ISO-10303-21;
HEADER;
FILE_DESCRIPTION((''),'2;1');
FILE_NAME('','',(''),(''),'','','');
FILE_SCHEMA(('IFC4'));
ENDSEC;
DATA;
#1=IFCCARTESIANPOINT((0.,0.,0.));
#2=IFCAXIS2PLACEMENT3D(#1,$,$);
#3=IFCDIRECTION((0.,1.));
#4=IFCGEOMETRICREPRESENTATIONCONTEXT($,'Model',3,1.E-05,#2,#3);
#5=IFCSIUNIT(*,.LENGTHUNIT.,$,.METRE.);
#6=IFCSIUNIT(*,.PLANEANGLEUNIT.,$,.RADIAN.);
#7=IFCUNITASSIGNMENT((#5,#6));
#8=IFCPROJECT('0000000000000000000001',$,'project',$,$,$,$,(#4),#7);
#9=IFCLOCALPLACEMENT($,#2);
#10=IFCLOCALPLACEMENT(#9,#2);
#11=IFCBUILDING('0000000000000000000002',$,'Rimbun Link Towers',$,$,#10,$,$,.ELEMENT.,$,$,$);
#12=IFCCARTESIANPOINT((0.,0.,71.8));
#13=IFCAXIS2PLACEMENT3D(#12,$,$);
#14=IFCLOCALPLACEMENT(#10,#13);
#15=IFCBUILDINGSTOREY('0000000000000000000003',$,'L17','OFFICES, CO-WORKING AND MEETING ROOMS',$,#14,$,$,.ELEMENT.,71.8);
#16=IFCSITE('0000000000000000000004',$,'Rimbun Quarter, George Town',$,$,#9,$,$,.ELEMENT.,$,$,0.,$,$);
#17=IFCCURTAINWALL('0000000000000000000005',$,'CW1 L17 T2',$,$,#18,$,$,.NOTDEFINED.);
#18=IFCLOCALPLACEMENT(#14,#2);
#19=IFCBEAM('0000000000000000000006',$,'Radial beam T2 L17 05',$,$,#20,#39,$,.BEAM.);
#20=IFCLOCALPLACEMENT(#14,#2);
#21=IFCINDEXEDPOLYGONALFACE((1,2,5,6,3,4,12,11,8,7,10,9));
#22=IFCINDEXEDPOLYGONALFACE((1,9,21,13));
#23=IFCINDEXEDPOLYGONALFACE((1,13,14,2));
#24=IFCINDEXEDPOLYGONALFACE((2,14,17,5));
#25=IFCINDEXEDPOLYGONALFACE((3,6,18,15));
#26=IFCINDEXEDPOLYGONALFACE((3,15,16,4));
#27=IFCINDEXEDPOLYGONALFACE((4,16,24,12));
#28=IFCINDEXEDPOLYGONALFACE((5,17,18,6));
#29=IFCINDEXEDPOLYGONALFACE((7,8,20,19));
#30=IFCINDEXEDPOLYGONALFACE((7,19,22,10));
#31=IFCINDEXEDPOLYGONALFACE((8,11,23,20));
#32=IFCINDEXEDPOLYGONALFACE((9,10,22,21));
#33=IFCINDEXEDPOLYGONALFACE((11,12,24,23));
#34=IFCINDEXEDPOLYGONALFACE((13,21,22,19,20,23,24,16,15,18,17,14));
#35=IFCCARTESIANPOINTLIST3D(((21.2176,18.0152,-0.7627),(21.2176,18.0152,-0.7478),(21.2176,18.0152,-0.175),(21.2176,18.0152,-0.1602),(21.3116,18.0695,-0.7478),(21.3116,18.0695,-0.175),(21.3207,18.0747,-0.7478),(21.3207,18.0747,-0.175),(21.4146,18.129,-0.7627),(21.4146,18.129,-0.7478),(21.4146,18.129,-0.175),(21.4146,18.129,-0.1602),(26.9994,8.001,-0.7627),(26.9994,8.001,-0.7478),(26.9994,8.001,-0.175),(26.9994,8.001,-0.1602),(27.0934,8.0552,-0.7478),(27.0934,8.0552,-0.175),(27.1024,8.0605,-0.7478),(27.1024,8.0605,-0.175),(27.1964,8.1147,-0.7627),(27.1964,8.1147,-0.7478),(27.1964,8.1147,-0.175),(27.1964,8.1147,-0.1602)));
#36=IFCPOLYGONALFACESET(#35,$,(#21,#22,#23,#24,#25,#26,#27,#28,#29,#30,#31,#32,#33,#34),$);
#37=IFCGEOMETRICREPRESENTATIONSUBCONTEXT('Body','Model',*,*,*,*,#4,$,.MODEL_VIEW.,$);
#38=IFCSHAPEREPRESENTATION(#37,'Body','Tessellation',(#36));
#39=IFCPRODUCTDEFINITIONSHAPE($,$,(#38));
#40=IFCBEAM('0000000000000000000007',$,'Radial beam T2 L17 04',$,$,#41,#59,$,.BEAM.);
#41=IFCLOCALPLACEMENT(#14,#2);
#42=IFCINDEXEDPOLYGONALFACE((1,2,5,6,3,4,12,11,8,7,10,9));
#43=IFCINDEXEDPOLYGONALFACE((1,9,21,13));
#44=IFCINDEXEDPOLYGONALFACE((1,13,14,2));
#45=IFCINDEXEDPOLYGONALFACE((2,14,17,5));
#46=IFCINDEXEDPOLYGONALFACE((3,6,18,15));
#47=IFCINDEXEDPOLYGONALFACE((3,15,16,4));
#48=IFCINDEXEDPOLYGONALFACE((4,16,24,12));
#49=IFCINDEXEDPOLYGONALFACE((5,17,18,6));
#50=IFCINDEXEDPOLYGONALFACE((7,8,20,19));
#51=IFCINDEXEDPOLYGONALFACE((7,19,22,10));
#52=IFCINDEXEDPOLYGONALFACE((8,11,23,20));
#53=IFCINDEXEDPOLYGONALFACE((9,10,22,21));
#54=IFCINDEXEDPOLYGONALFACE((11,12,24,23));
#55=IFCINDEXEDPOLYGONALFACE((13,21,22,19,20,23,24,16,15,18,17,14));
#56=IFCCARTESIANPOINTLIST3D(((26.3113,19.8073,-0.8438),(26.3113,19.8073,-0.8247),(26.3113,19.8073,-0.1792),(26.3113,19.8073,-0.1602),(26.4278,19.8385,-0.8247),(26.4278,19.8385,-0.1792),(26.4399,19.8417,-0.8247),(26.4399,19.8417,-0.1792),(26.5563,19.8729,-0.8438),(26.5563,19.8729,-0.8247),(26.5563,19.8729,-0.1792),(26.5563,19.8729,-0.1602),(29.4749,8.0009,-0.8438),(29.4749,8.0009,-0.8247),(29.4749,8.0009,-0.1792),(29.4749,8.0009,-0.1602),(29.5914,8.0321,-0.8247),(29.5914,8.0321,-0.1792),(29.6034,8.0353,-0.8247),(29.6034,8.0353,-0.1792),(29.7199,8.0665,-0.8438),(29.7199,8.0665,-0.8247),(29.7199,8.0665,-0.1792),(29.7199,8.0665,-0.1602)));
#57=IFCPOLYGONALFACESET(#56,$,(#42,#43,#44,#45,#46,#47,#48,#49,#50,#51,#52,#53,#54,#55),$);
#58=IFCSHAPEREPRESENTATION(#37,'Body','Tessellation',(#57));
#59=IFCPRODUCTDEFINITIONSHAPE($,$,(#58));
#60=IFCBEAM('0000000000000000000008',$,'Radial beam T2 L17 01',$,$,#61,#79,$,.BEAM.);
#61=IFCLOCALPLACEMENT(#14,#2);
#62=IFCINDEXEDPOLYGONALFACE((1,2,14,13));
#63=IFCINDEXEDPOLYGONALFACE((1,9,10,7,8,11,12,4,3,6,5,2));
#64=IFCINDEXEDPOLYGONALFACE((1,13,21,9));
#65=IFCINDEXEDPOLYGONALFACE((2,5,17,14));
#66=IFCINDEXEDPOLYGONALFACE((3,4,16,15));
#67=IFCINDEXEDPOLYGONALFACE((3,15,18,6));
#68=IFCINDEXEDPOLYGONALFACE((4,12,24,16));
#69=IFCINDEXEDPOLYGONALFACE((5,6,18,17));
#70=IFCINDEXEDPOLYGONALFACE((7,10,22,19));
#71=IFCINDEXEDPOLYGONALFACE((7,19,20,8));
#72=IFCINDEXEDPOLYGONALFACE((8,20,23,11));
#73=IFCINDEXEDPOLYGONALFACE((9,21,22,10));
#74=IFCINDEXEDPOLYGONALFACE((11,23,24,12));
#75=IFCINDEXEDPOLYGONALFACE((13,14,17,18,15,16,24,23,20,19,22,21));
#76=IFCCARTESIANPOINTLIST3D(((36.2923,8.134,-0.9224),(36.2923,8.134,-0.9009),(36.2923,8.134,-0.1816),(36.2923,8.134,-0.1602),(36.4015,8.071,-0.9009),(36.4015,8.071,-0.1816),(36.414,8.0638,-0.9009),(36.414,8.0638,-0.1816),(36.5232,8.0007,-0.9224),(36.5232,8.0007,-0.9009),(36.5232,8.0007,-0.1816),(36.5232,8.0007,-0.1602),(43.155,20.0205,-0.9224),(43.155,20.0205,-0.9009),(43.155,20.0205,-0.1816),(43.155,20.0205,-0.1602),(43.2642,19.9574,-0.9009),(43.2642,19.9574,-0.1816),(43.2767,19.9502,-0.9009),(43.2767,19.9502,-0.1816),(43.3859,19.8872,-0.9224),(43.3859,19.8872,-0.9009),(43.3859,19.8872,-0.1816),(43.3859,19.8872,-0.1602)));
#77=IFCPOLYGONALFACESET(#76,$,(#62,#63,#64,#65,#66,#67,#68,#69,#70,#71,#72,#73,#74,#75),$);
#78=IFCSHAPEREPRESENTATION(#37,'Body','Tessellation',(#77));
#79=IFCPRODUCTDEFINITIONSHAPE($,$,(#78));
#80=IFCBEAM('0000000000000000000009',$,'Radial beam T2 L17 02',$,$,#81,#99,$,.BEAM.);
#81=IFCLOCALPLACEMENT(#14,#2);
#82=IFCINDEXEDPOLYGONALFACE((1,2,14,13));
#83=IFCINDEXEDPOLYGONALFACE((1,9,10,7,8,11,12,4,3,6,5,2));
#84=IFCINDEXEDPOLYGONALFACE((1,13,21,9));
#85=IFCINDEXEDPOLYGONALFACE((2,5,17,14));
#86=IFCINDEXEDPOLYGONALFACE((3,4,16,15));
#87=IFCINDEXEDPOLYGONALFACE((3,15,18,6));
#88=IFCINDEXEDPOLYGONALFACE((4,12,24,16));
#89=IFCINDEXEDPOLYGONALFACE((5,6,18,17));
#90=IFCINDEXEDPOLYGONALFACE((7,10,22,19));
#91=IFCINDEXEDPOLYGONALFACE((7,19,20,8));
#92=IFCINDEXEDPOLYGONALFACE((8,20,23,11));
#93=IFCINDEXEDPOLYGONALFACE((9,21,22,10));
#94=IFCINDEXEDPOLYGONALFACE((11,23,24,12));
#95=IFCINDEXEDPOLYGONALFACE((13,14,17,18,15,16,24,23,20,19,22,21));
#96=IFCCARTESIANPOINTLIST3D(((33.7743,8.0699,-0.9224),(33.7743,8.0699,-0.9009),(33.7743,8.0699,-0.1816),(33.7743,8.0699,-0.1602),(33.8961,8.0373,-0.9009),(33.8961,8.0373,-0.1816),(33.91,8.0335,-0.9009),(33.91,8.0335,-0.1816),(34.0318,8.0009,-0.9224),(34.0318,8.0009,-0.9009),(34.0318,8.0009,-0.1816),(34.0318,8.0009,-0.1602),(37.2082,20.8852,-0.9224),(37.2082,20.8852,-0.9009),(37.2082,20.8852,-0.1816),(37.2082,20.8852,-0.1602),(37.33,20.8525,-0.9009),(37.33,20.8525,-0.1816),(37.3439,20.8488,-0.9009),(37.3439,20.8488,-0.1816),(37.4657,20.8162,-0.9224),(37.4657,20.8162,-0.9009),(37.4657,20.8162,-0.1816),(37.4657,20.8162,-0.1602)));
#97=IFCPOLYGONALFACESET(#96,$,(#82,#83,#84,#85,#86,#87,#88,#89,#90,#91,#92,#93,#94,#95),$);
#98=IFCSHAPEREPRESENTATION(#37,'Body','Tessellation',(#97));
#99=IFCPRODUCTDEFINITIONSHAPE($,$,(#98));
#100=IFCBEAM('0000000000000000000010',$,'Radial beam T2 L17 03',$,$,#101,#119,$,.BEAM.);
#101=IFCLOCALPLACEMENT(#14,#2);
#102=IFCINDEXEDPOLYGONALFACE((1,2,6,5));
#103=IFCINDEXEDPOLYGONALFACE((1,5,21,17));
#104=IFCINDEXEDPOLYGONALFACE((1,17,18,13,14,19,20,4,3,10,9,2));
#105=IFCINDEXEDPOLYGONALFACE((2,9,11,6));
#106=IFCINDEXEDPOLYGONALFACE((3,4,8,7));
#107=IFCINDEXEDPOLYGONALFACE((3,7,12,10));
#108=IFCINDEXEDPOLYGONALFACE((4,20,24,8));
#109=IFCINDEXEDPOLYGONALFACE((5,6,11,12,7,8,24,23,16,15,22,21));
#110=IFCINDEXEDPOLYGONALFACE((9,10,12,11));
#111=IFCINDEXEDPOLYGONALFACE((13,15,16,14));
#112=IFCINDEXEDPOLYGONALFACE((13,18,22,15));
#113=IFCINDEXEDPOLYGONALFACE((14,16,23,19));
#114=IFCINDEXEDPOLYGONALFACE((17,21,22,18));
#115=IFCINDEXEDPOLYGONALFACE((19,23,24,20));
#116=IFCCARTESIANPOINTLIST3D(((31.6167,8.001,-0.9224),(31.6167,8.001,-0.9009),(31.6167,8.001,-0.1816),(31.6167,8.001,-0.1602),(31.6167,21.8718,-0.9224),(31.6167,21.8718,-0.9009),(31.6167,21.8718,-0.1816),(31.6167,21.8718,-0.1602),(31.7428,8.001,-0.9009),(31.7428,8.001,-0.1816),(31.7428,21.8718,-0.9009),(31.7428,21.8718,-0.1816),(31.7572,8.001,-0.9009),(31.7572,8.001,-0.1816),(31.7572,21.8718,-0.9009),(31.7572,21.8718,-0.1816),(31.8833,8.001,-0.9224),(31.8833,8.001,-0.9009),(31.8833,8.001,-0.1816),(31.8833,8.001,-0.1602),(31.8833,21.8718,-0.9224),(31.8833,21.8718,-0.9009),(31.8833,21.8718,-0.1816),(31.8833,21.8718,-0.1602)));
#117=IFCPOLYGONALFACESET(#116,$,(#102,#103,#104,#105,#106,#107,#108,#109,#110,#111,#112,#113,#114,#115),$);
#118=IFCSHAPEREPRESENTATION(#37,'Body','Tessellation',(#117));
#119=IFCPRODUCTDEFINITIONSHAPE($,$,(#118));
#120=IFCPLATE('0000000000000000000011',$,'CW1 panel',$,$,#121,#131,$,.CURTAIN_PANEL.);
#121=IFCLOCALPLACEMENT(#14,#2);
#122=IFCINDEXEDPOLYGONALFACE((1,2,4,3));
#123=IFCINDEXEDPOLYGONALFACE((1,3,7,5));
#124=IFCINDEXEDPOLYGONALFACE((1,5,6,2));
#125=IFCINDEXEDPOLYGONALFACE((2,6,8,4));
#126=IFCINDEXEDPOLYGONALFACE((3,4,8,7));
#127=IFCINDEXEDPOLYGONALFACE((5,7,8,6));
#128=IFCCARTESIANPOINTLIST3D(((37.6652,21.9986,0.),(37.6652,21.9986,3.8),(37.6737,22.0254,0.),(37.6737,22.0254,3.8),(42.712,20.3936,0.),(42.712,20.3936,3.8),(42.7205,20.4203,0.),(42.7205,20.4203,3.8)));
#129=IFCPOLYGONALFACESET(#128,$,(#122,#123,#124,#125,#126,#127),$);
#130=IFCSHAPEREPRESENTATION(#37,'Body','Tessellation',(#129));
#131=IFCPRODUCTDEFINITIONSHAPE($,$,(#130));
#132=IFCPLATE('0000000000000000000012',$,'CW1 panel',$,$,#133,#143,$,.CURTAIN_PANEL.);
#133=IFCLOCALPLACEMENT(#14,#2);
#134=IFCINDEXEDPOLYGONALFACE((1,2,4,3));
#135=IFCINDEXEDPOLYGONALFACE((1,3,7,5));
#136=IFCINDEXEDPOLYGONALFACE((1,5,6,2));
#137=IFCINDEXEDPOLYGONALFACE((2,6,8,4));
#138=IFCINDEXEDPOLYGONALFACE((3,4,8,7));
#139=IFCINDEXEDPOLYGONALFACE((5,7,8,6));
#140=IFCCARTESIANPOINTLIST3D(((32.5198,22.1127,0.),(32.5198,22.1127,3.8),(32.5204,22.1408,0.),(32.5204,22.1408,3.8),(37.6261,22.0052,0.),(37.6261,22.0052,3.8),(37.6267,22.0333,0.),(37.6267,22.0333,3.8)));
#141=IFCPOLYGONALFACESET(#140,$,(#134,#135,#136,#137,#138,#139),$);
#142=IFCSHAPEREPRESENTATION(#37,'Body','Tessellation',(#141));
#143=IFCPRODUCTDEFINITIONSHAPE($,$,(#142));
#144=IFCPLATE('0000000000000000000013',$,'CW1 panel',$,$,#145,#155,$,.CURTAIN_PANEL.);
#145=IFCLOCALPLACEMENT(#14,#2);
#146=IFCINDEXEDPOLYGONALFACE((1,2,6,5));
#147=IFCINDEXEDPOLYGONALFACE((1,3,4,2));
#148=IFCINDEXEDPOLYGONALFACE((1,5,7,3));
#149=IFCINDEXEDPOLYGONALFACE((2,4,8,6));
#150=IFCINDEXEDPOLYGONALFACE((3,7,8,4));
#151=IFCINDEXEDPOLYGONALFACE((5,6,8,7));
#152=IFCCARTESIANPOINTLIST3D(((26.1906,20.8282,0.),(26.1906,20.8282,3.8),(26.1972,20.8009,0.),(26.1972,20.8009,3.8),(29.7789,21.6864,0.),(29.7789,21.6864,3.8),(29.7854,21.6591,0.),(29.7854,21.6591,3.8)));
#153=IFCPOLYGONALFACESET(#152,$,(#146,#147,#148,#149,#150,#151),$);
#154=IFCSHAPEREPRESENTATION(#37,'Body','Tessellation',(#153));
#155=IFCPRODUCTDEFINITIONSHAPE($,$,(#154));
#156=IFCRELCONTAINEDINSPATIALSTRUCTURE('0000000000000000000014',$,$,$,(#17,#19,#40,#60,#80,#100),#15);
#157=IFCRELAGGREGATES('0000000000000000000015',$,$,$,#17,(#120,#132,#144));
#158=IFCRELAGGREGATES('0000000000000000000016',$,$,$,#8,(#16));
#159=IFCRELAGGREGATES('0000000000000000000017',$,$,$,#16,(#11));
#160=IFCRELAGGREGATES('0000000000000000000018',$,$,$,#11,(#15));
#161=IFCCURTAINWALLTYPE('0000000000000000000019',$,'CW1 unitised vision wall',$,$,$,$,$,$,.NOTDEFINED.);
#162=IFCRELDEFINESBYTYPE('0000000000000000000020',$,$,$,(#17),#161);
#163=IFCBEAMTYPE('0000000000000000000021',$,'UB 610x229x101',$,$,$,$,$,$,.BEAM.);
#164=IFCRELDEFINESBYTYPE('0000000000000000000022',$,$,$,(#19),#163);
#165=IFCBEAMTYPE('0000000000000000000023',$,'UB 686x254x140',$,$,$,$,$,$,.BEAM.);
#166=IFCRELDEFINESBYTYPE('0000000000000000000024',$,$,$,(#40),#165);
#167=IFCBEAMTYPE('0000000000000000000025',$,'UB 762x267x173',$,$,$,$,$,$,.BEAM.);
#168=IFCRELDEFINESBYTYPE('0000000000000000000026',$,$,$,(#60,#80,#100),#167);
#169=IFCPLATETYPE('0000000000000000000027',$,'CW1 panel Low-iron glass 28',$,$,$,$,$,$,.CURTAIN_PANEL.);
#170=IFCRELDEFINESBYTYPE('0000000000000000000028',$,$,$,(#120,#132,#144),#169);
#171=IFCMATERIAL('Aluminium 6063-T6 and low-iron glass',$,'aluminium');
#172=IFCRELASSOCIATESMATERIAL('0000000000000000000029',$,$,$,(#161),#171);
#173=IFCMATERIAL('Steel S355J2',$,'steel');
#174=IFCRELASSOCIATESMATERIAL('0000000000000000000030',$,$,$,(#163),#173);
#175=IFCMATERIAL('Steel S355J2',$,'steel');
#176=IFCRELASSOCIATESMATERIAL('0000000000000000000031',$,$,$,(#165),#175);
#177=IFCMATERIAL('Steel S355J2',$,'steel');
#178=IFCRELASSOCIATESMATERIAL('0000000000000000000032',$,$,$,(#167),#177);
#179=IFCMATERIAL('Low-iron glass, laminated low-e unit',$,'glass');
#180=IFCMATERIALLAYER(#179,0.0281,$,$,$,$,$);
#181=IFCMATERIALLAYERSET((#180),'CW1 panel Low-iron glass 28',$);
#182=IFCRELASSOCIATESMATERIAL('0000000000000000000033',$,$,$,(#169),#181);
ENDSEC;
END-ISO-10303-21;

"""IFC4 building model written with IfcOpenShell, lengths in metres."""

from ifc_helpers import new_model, si_unit, direction, frame, origin, origin_2d, place, context, subcontext, project, spatial, rectangle, i_section, extrude, material, layer, layer_set, material_profile, profile_set, type_object, element, aggregate, save


model = new_model("IFC4")

# Units and contexts
model_context = context("Model", 3, precision=1e-05, world=origin(), true_north=direction((0.0, 1.0)))
body_context = subcontext(model_context, "Body", "Model", "MODEL_VIEW")
ifc_project = project(units=[si_unit("LENGTHUNIT", "METRE"), si_unit("PLANEANGLEUNIT", "RADIAN")], contexts=[model_context])

# Site, building, storey
site_placement = place(None, origin())
site = spatial("IfcSite", under=ifc_project, at=site_placement, Name="Rimbun Quarter, George Town", CompositionType="ELEMENT", RefElevation=0.0)
building_placement = place(site_placement, origin())
building = spatial("IfcBuilding", under=site, at=building_placement, Name="Rimbun Link Towers", CompositionType="ELEMENT")
storey_placement = place(building_placement, frame((0.0, 0.0, 71.8)))
storey = spatial("IfcBuildingStorey", under=building, at=storey_placement, Name="L17", Description="OFFICES, CO-WORKING AND MEETING ROOMS", CompositionType="ELEMENT", Elevation=71.8)

# Curtain wall
ifc_material_1 = material(Name="Aluminium 6063-T6 and low-iron glass", Category="aluminium")
curtain_wall_type = type_object("IfcCurtainWallType", Name="CW1 unitised vision wall", PredefinedType="NOTDEFINED", material=ifc_material_1)
curtain_wall_placement = place(storey_placement, origin())
curtain_wall = element("IfcCurtainWall", 1, at=curtain_wall_placement, inside=storey, type_object=curtain_wall_type, Name="CW1 L17 T2", PredefinedType="NOTDEFINED")

# Beams
ifc_material_2 = material(Name="Steel S355J2", Category="steel")
ifc_material_profile_1 = material_profile(ifc_material_2, i_section(OverallWidth=0.2275, OverallDepth=0.6025, WebThickness=0.0105, FlangeThickness=0.0149, at=origin_2d()), Name="UB 610x229x101")
ifc_profile_set_1 = profile_set([ifc_material_profile_1], Name="Steel S355J2")
beam_type_1 = type_object("IfcBeamType", Name="UB 610x229x101", PredefinedType="BEAM", material=ifc_profile_set_1)
beam_1_placement = place(storey_placement, frame((27.0979, 8.0579, -0.4614), z_axis=(-0.500004, 0.866023, 0.0), x_axis=(-0.866023, -0.500004, 0.0)))
element("IfcBeam", 2, at=beam_1_placement, inside=storey, type_object=beam_type_1, Name="Radial beam T2 L17 05", PredefinedType="BEAM", context=body_context, shape_type="SweptSolid", body=[
    extrude(i_section(OverallWidth=0.2275, OverallDepth=0.6025, WebThickness=0.0105, FlangeThickness=0.0149, at=origin_2d()), origin(), (0.0, 0.0, 1.0), 11.5635),
])
ifc_material_3 = material(Name="Steel S355J2", Category="steel")
ifc_material_profile_2 = material_profile(ifc_material_3, i_section(OverallWidth=0.2537, OverallDepth=0.6836, WebThickness=0.0125, FlangeThickness=0.019, at=origin_2d()), Name="UB 686x254x140")
ifc_profile_set_2 = profile_set([ifc_material_profile_2], Name="Steel S355J2")
beam_type_2 = type_object("IfcBeamType", Name="UB 686x254x140", PredefinedType="BEAM", material=ifc_profile_set_2)
beam_2_placement = place(storey_placement, frame((29.5974, 8.0337, -0.502), z_axis=(-0.258824, 0.965925, 0.0), x_axis=(-0.965925, -0.258824, 0.0)))
element("IfcBeam", 3, at=beam_2_placement, inside=storey, type_object=beam_type_2, Name="Radial beam T2 L17 04", PredefinedType="BEAM", context=body_context, shape_type="SweptSolid", body=[
    extrude(i_section(OverallWidth=0.2537, OverallDepth=0.6836, WebThickness=0.0125, FlangeThickness=0.019, at=origin_2d()), origin(), (0.0, 0.0, 1.0), 12.2229),
])
ifc_material_4 = material(Name="Steel S355J2", Category="steel")
ifc_material_profile_3 = material_profile(ifc_material_4, i_section(OverallWidth=0.2666, OverallDepth=0.7622, WebThickness=0.0144, FlangeThickness=0.0215, at=origin_2d()), Name="UB 762x267x173")
ifc_profile_set_3 = profile_set([ifc_material_profile_3], Name="Steel S355J2")
beam_type_3 = type_object("IfcBeamType", Name="UB 762x267x173", PredefinedType="BEAM", material=ifc_profile_set_3)
beam_3_placement = place(storey_placement, frame((36.4077, 8.0674, -0.5413), z_axis=(0.500007, 0.866021, 0.0), x_axis=(-0.866021, 0.500007, 0.0)))
element("IfcBeam", 4, at=beam_3_placement, inside=storey, type_object=beam_type_3, Name="Radial beam T2 L17 01", PredefinedType="BEAM", context=body_context, shape_type="SweptSolid", body=[
    extrude(i_section(OverallWidth=0.2666, OverallDepth=0.7622, WebThickness=0.0144, FlangeThickness=0.0215, at=origin_2d()), origin(), (0.0, 0.0, 1.0), 13.7253),
])
beam_4_placement = place(storey_placement, frame((33.9031, 8.0354, -0.5413), z_axis=(0.25882, 0.965925, 0.0), x_axis=(-0.965925, 0.25882, 0.0)))
element("IfcBeam", 5, at=beam_4_placement, inside=storey, type_object=beam_type_3, Name="Radial beam T2 L17 02", PredefinedType="BEAM", context=body_context, shape_type="SweptSolid", body=[
    extrude(i_section(OverallWidth=0.2666, OverallDepth=0.7622, WebThickness=0.0144, FlangeThickness=0.0215, at=origin_2d()), origin(), (0.0, 0.0, 1.0), 13.2673),
])
beam_5_placement = place(storey_placement, frame((31.75, 8.001, -0.5413), z_axis=(0.0, 1.0, 0.0), x_axis=(-1.0, 0.0, 0.0)))
element("IfcBeam", 6, at=beam_5_placement, inside=storey, type_object=beam_type_3, Name="Radial beam T2 L17 03", PredefinedType="BEAM", context=body_context, shape_type="SweptSolid", body=[
    extrude(i_section(OverallWidth=0.2666, OverallDepth=0.7622, WebThickness=0.0144, FlangeThickness=0.0215, at=origin_2d()), origin(), (0.0, 0.0, 1.0), 13.8708),
])

# Plates
ifc_material_5 = material(Name="Low-iron glass, laminated low-e unit", Category="glass")
ifc_layer_1 = layer(ifc_material_5, 0.0281)
ifc_layer_set_1 = layer_set([ifc_layer_1], Name="CW1 panel Low-iron glass 28")
plate_type = type_object("IfcPlateType", Name="CW1 panel Low-iron glass 28", PredefinedType="CURTAIN_PANEL", material=ifc_layer_set_1)
plate_1_placement = place(storey_placement, frame((40.1929, 21.2095, 0.0), z_axis=(0.0, 0.0, 1.0), x_axis=(0.95297, -0.303066, 0.0)))
plate_1 = element("IfcPlate", 7, at=plate_1_placement, type_object=plate_type, Name="CW1 panel", PredefinedType="CURTAIN_PANEL", context=body_context, shape_type="SweptSolid", body=[
    extrude(rectangle(XDim=5.2959, YDim=0.0281, at=origin_2d()), origin(), (0.0, 0.0, 1.0), 3.8),
])
plate_2_placement = place(storey_placement, frame((35.0732, 22.073, 0.0), z_axis=(0.0, 0.0, 1.0), x_axis=(0.999778, -0.02106, 0.0)))
plate_2 = element("IfcPlate", 8, at=plate_2_placement, type_object=plate_type, Name="CW1 panel", PredefinedType="CURTAIN_PANEL", context=body_context, shape_type="SweptSolid", body=[
    extrude(rectangle(XDim=5.1074, YDim=0.0281, at=origin_2d()), origin(), (0.0, 0.0, 1.0), 3.8),
])
plate_3_placement = place(storey_placement, frame((27.988, 21.2437, 0.0), z_axis=(0.0, 0.0, 1.0), x_axis=(0.972572, 0.232601, 0.0)))
plate_3 = element("IfcPlate", 9, at=plate_3_placement, type_object=plate_type, Name="CW1 panel", PredefinedType="CURTAIN_PANEL", context=body_context, shape_type="SweptSolid", body=[
    extrude(rectangle(XDim=3.6895, YDim=0.0281, at=origin_2d()), origin(), (0.0, 0.0, 1.0), 3.8),
])
aggregate(curtain_wall, [plate_1, plate_2, plate_3])

save(model, "model.ifc")
